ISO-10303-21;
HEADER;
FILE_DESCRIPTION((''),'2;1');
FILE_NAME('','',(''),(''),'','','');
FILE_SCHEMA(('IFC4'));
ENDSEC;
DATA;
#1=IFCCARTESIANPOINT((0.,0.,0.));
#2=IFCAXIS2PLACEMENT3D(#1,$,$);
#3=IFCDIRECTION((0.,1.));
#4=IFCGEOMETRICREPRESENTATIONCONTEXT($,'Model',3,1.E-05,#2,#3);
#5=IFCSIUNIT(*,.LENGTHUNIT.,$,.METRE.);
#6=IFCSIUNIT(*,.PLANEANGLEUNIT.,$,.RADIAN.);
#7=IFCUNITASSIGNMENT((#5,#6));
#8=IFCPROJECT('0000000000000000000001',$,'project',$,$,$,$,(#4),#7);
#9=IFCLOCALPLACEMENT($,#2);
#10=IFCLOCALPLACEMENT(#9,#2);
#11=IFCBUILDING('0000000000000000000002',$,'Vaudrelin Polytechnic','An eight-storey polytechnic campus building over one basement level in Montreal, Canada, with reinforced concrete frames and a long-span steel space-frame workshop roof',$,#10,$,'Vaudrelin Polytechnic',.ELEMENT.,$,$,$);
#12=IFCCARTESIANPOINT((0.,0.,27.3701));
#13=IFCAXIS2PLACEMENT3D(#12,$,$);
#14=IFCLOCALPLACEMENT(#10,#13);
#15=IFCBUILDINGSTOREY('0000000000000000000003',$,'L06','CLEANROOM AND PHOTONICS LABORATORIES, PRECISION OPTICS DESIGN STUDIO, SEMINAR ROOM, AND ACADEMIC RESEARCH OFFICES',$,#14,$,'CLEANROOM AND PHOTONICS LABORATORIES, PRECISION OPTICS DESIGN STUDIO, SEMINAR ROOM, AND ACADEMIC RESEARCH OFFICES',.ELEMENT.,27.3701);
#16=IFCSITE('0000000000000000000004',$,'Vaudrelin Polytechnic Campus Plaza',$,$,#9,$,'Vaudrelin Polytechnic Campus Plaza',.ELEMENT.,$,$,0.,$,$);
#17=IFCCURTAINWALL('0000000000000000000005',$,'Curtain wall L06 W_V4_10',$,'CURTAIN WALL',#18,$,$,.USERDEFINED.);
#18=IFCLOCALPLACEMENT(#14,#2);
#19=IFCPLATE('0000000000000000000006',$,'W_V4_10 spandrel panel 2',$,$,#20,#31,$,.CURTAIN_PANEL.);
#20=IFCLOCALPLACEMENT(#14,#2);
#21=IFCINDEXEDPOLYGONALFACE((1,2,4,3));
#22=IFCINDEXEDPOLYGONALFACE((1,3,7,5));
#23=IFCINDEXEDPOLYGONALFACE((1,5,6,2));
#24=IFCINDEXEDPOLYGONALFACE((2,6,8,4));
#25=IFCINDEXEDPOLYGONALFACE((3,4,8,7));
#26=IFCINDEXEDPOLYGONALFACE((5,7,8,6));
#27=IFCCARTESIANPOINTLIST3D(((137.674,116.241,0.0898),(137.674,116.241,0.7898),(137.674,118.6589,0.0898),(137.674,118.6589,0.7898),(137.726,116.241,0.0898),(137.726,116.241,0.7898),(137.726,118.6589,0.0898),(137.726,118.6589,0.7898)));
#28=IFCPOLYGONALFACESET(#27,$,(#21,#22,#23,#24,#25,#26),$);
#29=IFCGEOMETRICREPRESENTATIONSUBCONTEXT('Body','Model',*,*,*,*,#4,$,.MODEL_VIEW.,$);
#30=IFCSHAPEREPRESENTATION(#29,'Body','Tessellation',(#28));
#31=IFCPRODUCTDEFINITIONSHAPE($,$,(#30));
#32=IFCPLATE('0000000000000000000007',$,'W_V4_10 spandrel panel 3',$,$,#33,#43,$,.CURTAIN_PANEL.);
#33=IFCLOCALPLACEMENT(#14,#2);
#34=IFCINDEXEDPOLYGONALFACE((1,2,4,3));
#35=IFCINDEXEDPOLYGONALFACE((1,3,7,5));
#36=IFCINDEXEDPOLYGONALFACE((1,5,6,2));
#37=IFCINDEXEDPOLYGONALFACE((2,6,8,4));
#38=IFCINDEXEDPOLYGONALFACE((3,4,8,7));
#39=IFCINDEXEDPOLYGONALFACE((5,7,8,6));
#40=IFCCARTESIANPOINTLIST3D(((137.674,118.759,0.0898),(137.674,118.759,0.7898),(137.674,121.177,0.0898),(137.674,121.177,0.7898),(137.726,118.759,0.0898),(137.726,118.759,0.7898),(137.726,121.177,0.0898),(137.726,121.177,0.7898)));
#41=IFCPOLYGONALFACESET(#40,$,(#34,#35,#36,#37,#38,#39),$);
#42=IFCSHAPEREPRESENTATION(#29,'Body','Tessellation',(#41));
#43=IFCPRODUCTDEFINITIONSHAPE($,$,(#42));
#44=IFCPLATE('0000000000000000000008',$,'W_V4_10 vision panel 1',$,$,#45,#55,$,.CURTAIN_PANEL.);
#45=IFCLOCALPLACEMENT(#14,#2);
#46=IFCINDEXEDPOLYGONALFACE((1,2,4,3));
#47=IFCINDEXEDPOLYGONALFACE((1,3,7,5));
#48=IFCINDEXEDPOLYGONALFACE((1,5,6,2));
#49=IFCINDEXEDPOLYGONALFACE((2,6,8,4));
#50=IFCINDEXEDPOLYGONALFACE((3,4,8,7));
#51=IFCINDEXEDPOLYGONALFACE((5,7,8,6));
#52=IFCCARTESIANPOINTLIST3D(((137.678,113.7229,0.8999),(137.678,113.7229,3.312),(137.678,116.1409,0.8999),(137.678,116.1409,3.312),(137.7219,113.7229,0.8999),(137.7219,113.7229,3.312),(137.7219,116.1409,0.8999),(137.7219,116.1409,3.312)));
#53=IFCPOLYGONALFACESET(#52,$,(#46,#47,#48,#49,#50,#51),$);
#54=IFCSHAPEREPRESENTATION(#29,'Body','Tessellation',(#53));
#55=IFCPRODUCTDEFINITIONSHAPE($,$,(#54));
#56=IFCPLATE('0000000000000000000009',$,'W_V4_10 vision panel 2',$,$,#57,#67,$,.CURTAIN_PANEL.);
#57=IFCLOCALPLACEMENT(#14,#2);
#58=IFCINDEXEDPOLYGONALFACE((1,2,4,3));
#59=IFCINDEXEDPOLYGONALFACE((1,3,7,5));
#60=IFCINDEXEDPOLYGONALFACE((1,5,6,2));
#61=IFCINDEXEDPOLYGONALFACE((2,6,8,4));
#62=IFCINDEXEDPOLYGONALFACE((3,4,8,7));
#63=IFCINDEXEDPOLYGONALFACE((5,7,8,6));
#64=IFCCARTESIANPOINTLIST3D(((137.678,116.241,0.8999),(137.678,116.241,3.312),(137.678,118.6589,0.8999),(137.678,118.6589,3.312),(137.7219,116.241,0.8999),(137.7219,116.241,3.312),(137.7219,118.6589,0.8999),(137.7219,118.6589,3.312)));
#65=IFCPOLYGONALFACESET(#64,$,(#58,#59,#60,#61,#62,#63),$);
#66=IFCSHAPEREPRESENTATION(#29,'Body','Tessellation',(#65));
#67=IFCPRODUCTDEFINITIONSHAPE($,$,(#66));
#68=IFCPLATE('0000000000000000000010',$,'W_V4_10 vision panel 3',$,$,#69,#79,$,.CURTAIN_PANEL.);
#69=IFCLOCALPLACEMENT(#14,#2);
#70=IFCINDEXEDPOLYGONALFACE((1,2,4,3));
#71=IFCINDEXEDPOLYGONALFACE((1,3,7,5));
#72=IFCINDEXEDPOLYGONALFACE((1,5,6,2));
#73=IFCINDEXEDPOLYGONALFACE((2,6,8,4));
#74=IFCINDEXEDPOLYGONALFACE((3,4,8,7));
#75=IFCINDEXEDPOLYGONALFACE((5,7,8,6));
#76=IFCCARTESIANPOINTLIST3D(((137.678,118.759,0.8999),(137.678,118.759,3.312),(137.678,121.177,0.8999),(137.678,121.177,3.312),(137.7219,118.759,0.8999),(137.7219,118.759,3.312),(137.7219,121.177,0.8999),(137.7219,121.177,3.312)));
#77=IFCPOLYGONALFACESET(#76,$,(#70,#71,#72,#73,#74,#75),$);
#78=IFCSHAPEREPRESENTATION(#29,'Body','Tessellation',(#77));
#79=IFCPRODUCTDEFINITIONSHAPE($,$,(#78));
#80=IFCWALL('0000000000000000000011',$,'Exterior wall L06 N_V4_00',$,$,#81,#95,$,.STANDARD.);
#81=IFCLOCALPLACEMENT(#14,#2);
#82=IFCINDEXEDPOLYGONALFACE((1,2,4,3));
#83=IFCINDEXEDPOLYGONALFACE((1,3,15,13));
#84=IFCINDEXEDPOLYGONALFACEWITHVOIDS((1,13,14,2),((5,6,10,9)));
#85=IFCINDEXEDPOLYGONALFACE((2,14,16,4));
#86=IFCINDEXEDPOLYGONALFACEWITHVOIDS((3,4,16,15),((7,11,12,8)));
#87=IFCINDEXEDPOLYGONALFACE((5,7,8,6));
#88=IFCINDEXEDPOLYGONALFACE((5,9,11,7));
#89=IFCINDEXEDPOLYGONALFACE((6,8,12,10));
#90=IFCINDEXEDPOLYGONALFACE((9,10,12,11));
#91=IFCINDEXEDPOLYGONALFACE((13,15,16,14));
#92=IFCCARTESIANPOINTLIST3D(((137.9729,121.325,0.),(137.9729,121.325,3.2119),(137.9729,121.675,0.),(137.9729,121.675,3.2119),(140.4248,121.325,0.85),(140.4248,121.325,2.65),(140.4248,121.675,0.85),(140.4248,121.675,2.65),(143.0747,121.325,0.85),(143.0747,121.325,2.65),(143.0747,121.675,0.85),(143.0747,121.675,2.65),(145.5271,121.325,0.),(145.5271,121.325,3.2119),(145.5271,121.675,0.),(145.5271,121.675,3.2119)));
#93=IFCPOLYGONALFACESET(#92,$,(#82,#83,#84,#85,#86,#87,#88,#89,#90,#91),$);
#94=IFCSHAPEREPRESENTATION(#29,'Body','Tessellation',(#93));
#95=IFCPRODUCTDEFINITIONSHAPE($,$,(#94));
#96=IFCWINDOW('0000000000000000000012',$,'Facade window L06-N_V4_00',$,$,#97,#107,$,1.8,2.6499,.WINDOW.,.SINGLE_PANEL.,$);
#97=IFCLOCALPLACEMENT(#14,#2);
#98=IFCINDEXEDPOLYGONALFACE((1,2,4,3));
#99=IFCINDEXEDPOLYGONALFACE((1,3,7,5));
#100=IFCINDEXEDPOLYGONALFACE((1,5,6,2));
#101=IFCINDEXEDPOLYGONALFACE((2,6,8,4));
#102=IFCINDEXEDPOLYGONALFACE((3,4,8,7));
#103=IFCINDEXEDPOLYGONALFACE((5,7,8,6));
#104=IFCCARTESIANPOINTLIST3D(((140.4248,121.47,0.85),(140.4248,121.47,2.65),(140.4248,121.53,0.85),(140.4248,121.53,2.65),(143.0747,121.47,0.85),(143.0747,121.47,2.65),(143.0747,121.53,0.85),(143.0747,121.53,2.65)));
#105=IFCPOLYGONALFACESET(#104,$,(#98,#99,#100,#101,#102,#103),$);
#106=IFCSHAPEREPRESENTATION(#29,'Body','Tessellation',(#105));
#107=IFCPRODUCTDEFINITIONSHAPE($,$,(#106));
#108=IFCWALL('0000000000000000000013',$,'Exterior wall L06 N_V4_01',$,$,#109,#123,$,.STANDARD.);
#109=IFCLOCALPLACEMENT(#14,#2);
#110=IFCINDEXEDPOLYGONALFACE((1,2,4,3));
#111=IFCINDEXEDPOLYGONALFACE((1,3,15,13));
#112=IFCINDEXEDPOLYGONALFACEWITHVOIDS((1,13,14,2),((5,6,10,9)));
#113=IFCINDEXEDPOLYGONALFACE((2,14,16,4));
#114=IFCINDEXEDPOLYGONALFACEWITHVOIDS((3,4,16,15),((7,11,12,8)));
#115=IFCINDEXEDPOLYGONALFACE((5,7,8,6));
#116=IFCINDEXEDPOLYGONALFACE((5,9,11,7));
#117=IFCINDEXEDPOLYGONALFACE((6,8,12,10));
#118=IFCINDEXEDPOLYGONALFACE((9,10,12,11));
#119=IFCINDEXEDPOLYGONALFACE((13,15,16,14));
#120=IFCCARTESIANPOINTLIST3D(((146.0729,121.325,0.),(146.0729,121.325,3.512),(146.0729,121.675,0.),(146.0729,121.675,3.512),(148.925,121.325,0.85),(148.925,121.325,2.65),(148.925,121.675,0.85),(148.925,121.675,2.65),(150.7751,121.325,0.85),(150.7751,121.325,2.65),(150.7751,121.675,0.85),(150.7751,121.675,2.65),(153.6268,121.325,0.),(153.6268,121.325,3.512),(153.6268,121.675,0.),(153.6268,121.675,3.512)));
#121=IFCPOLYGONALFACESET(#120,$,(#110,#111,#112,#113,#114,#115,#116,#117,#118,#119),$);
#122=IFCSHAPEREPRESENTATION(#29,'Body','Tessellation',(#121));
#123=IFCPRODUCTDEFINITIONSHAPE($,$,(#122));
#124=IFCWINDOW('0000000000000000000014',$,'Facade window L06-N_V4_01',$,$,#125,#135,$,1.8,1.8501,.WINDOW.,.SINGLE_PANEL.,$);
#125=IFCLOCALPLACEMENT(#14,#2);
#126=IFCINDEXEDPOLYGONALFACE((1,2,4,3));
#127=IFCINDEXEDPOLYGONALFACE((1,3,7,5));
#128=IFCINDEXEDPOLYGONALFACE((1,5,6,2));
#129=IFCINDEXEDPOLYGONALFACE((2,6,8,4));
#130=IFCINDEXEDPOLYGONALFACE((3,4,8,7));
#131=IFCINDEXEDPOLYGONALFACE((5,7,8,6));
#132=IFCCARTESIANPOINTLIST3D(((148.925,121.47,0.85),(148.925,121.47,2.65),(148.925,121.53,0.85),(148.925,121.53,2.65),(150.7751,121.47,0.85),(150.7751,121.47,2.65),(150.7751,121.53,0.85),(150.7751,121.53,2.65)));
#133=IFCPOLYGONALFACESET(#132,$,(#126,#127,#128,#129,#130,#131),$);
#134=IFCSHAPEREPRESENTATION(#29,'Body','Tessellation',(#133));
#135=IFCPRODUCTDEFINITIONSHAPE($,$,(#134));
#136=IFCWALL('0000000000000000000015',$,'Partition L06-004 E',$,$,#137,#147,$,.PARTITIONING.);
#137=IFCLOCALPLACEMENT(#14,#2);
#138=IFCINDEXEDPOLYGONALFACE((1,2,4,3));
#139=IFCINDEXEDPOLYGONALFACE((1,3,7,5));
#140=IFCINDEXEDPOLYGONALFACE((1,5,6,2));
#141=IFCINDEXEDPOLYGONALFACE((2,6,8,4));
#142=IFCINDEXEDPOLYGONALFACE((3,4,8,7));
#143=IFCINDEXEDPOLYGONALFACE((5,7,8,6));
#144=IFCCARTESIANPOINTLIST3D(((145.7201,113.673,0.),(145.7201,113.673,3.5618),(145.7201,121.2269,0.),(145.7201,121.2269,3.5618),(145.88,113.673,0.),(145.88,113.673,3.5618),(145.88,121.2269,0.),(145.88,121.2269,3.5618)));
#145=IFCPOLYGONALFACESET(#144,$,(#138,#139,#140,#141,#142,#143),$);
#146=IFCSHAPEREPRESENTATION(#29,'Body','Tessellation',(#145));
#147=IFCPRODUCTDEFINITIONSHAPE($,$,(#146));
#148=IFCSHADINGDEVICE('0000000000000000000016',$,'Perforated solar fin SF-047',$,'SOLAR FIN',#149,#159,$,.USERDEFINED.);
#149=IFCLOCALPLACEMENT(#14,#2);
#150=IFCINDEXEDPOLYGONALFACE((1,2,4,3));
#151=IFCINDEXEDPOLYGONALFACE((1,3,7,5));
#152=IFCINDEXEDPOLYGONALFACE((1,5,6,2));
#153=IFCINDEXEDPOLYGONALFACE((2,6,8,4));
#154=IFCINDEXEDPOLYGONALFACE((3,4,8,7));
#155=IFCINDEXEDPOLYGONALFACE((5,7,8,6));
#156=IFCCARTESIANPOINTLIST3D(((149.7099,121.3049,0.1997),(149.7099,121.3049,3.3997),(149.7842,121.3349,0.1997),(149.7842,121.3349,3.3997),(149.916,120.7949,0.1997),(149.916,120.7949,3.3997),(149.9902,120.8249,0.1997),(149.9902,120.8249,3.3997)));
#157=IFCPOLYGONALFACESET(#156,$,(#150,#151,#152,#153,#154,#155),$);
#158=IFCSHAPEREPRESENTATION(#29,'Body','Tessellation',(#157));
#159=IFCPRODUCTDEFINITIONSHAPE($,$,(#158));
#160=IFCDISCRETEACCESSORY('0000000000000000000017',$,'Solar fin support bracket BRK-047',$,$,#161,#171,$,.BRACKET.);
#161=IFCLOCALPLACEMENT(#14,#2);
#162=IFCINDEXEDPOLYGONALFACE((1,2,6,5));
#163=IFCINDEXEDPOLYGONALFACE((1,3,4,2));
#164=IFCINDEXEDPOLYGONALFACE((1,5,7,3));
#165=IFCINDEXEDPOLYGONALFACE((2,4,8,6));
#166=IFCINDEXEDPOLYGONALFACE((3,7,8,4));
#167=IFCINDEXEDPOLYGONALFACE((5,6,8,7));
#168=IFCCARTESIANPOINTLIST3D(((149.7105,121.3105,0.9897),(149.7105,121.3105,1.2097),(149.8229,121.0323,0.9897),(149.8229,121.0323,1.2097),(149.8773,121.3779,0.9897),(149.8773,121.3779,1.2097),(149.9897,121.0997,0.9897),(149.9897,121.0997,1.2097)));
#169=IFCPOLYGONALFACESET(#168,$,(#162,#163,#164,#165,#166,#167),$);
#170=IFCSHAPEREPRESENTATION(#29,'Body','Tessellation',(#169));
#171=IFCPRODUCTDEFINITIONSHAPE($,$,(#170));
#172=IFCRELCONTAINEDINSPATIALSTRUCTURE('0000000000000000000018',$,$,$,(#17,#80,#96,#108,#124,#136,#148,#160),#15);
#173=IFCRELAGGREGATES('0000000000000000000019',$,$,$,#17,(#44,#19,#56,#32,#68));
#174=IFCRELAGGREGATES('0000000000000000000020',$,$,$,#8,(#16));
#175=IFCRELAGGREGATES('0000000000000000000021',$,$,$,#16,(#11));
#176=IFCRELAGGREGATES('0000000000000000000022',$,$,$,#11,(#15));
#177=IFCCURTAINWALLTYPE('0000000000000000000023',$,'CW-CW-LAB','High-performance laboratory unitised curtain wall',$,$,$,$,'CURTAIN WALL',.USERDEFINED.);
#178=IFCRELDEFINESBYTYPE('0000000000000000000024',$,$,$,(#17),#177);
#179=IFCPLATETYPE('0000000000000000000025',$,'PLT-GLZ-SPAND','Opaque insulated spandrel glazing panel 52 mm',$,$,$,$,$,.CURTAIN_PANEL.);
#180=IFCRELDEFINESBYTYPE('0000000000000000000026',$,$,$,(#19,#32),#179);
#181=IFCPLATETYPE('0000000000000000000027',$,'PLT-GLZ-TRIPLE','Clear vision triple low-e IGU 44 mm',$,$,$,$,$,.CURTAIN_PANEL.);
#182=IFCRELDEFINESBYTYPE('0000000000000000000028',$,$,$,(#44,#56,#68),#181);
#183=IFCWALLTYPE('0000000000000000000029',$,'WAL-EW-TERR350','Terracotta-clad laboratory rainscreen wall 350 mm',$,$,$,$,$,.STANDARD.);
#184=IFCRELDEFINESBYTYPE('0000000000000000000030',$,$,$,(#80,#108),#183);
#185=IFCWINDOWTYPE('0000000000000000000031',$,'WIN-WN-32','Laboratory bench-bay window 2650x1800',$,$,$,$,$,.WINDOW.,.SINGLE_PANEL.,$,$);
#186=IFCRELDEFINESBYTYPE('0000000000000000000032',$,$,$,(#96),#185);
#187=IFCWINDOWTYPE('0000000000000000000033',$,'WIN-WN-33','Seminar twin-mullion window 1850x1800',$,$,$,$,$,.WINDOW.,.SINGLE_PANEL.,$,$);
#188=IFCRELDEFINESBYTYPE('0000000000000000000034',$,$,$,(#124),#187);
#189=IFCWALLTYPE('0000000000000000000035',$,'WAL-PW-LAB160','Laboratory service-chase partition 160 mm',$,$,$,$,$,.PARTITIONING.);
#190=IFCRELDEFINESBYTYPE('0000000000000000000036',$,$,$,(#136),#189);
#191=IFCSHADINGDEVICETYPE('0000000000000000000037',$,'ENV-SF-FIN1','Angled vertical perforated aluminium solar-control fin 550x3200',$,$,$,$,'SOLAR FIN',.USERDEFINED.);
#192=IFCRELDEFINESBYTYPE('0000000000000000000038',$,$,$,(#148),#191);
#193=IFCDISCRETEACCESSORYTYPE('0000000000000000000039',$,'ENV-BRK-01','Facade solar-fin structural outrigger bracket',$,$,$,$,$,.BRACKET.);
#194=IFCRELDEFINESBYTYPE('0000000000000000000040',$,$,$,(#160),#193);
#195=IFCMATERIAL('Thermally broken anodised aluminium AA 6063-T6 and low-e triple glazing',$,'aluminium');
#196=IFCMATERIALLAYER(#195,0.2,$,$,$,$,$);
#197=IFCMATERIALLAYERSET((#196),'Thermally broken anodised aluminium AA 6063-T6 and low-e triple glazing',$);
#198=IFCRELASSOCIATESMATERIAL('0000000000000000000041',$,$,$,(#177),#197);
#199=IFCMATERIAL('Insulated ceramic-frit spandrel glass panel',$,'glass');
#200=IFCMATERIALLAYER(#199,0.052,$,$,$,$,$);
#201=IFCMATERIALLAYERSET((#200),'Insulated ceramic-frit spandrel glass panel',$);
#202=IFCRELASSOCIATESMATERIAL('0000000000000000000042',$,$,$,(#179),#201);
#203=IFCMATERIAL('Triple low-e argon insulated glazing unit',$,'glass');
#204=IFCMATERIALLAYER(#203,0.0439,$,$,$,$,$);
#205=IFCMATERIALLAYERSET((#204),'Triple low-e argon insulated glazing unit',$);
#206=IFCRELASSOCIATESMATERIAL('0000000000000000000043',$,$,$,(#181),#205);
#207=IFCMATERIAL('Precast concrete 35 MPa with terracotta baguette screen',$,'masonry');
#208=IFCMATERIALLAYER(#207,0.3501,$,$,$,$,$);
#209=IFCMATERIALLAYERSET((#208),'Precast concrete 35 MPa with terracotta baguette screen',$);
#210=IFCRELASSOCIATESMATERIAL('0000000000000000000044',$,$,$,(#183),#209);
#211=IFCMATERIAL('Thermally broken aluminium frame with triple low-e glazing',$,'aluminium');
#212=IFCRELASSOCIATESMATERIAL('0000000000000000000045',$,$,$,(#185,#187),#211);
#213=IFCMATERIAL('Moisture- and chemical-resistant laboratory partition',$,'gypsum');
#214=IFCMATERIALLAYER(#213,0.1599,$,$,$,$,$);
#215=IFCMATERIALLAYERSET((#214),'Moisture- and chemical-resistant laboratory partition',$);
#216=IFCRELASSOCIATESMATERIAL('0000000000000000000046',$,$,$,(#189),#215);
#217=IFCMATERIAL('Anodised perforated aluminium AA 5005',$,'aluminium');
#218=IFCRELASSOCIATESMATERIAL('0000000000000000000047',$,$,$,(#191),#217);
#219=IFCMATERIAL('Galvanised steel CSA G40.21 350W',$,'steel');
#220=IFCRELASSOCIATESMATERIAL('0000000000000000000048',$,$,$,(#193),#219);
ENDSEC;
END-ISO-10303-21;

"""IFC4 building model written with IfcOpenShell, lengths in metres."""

from ifc_helpers import new_model, si_unit, direction, frame, frame_2d, origin, origin_2d, place, context, subcontext, project, spatial, rectangle, extrude, material, layer, layer_set, type_object, element, fill, aggregate, save


model = new_model("IFC4")

# Units and contexts
model_context = context("Model", 3, precision=1e-05, world=origin(), true_north=direction((0.0, 1.0)))
body_context = subcontext(model_context, "Body", "Model", "MODEL_VIEW")
ifc_project = project(units=[si_unit("LENGTHUNIT", "METRE"), si_unit("PLANEANGLEUNIT", "RADIAN")], contexts=[model_context])

# Site, building, storey
site_placement = place(None, origin())
site = spatial("IfcSite", under=ifc_project, at=site_placement, Name="Vaudrelin Polytechnic Campus Plaza", LongName="Vaudrelin Polytechnic Campus Plaza", CompositionType="ELEMENT", RefElevation=0.0)
building_placement = place(site_placement, origin())
building = spatial("IfcBuilding", under=site, at=building_placement, Name="Vaudrelin Polytechnic", Description="An eight-storey polytechnic campus building over one basement level in Montreal, Canada, with reinforced concrete frames and a long-span steel space-frame workshop roof", LongName="Vaudrelin Polytechnic", CompositionType="ELEMENT")
storey_placement = place(building_placement, frame((0.0, 0.0, 27.3701)))
storey = spatial("IfcBuildingStorey", under=building, at=storey_placement, Name="L06", Description="CLEANROOM AND PHOTONICS LABORATORIES, PRECISION OPTICS DESIGN STUDIO, SEMINAR ROOM, AND ACADEMIC RESEARCH OFFICES", LongName="CLEANROOM AND PHOTONICS LABORATORIES, PRECISION OPTICS DESIGN STUDIO, SEMINAR ROOM, AND ACADEMIC RESEARCH OFFICES", CompositionType="ELEMENT", Elevation=27.3701)

# Curtain wall, plates
ifc_material_1 = material(Name="Thermally broken anodised aluminium AA 6063-T6 and low-e triple glazing", Category="aluminium")
ifc_layer_1 = layer(ifc_material_1, 0.2)
ifc_layer_set_1 = layer_set([ifc_layer_1], Name="Thermally broken anodised aluminium AA 6063-T6 and low-e triple glazing")
curtain_wall_type = type_object("IfcCurtainWallType", Name="CW-CW-LAB", Description="High-performance laboratory unitised curtain wall", ElementType="CURTAIN WALL", PredefinedType="USERDEFINED", material=ifc_layer_set_1)
curtain_wall_placement = place(storey_placement, origin())
curtain_wall = element("IfcCurtainWall", 1, at=curtain_wall_placement, inside=storey, type_object=curtain_wall_type, Name="Curtain wall L06 W_V4_10", ObjectType="CURTAIN WALL", PredefinedType="USERDEFINED")
ifc_material_2 = material(Name="Insulated ceramic-frit spandrel glass panel", Category="glass")
ifc_layer_2 = layer(ifc_material_2, 0.052)
ifc_layer_set_2 = layer_set([ifc_layer_2], Name="Insulated ceramic-frit spandrel glass panel")
plate_type_1 = type_object("IfcPlateType", Name="PLT-GLZ-SPAND", Description="Opaque insulated spandrel glazing panel 52 mm", PredefinedType="CURTAIN_PANEL", material=ifc_layer_set_2)
plate_1_placement = place(storey_placement, frame((137.7, 117.45, 0.0898), z_axis=(0.0, 0.0, 1.0), x_axis=(0.0, 1.0, 0.0)))
plate_1 = element("IfcPlate", 2, at=plate_1_placement, type_object=plate_type_1, Name="W_V4_10 spandrel panel 2", PredefinedType="CURTAIN_PANEL", context=body_context, shape_type="SweptSolid", body=[
    extrude(rectangle(XDim=2.418, YDim=0.052, at=origin_2d()), origin(), (0.0, 0.0, 1.0), 0.7),
])
plate_2_placement = place(storey_placement, frame((137.7, 119.968, 0.0898), z_axis=(0.0, 0.0, 1.0), x_axis=(0.0, 1.0, 0.0)))
plate_2 = element("IfcPlate", 3, at=plate_2_placement, type_object=plate_type_1, Name="W_V4_10 spandrel panel 3", PredefinedType="CURTAIN_PANEL", context=body_context, shape_type="SweptSolid", body=[
    extrude(rectangle(XDim=2.418, YDim=0.052, at=origin_2d()), origin(), (0.0, 0.0, 1.0), 0.7),
])
ifc_material_3 = material(Name="Triple low-e argon insulated glazing unit", Category="glass")
ifc_layer_3 = layer(ifc_material_3, 0.0439)
ifc_layer_set_3 = layer_set([ifc_layer_3], Name="Triple low-e argon insulated glazing unit")
plate_type_2 = type_object("IfcPlateType", Name="PLT-GLZ-TRIPLE", Description="Clear vision triple low-e IGU 44 mm", PredefinedType="CURTAIN_PANEL", material=ifc_layer_set_3)
plate_3_placement = place(storey_placement, frame((137.7, 114.9319, 0.8999), z_axis=(0.0, 0.0, 1.0), x_axis=(0.0, 1.0, 0.0)))
plate_3 = element("IfcPlate", 4, at=plate_3_placement, type_object=plate_type_2, Name="W_V4_10 vision panel 1", PredefinedType="CURTAIN_PANEL", context=body_context, shape_type="SweptSolid", body=[
    extrude(rectangle(XDim=2.418, YDim=0.0439, at=origin_2d()), origin(), (0.0, 0.0, 1.0), 2.4121),
])
plate_4_placement = place(storey_placement, frame((137.7, 117.45, 0.8999), z_axis=(0.0, 0.0, 1.0), x_axis=(0.0, 1.0, 0.0)))
plate_4 = element("IfcPlate", 5, at=plate_4_placement, type_object=plate_type_2, Name="W_V4_10 vision panel 2", PredefinedType="CURTAIN_PANEL", context=body_context, shape_type="SweptSolid", body=[
    extrude(rectangle(XDim=2.418, YDim=0.0439, at=origin_2d()), origin(), (0.0, 0.0, 1.0), 2.4121),
])
plate_5_placement = place(storey_placement, frame((137.7, 119.968, 0.8999), z_axis=(0.0, 0.0, 1.0), x_axis=(0.0, 1.0, 0.0)))
plate_5 = element("IfcPlate", 6, at=plate_5_placement, type_object=plate_type_2, Name="W_V4_10 vision panel 3", PredefinedType="CURTAIN_PANEL", context=body_context, shape_type="SweptSolid", body=[
    extrude(rectangle(XDim=2.418, YDim=0.0439, at=origin_2d()), origin(), (0.0, 0.0, 1.0), 2.4121),
])
aggregate(curtain_wall, [plate_3, plate_1, plate_4, plate_2, plate_5])

# Walls, openings, windows
ifc_material_4 = material(Name="Precast concrete 35 MPa with terracotta baguette screen", Category="masonry")
ifc_layer_4 = layer(ifc_material_4, 0.3501)
ifc_layer_set_4 = layer_set([ifc_layer_4], Name="Precast concrete 35 MPa with terracotta baguette screen")
wall_type_1 = type_object("IfcWallType", Name="WAL-EW-TERR350", Description="Terracotta-clad laboratory rainscreen wall 350 mm", PredefinedType="STANDARD", material=ifc_layer_set_4)
wall_1_placement = place(storey_placement, frame((137.9729, 121.5, 0.0), z_axis=(0.0, 0.0, 1.0), x_axis=(1.0, 0.0, 0.0)))
wall_1 = element("IfcWall", 7, at=wall_1_placement, inside=storey, type_object=wall_type_1, Name="Exterior wall L06 N_V4_00", PredefinedType="STANDARD", context=body_context, shape_type="SweptSolid", body=[
    extrude(rectangle(XDim=7.5542, YDim=0.3501, at=frame_2d((3.7771, 0.0))), origin(), (0.0, 0.0, 1.0), 3.2119),
])
opening_1_placement = place(wall_1_placement, frame((2.4519, 0.0, 0.8501)))
opening_1 = element("IfcOpeningElement", 8, at=opening_1_placement, cuts=wall_1, PredefinedType="OPENING", context=body_context, shape_type="SweptSolid", body=[
    extrude(rectangle(XDim=2.6499, YDim=1.8, at=frame_2d((1.325, 0.8999))), frame((0.0, 0.1851, 0.0), z_axis=(0.0, -1.0, 0.0), x_axis=(1.0, 0.0, 0.0)), (0.0, 0.0, 1.0), 0.3701),
])
ifc_material_5 = material(Name="Thermally broken aluminium frame with triple low-e glazing", Category="aluminium")
window_type_1 = type_object("IfcWindowType", Name="WIN-WN-32", Description="Laboratory bench-bay window 2650x1800", PartitioningType="SINGLE_PANEL", PredefinedType="WINDOW", material=ifc_material_5)
window_1_placement = place(opening_1_placement, origin())
window_1 = element("IfcWindow", 9, at=window_1_placement, inside=storey, type_object=window_type_1, Name="Facade window L06-N_V4_00", OverallHeight=1.8, OverallWidth=2.6499, PartitioningType="SINGLE_PANEL", PredefinedType="WINDOW", context=body_context, shape_type="SweptSolid", body=[
    extrude(rectangle(XDim=2.6499, YDim=1.8, at=frame_2d((1.325, 0.8999))), frame((0.0, 0.03, 0.0), z_axis=(0.0, -1.0, 0.0), x_axis=(1.0, 0.0, 0.0)), (0.0, 0.0, 1.0), 0.0601),
])
fill(opening_1, window_1)
wall_2_placement = place(storey_placement, frame((146.073, 121.5, 0.0), z_axis=(0.0, 0.0, 1.0), x_axis=(1.0, 0.0, 0.0)))
wall_2 = element("IfcWall", 10, at=wall_2_placement, inside=storey, type_object=wall_type_1, Name="Exterior wall L06 N_V4_01", PredefinedType="STANDARD", context=body_context, shape_type="SweptSolid", body=[
    extrude(rectangle(XDim=7.554, YDim=0.3501, at=frame_2d((3.7769, 0.0))), origin(), (0.0, 0.0, 1.0), 3.512),
])
opening_2_placement = place(wall_2_placement, frame((2.8521, 0.0, 0.8501)))
opening_2 = element("IfcOpeningElement", 11, at=opening_2_placement, cuts=wall_2, PredefinedType="OPENING", context=body_context, shape_type="SweptSolid", body=[
    extrude(rectangle(XDim=1.8501, YDim=1.8, at=frame_2d((0.925, 0.8999))), frame((0.0, 0.1851, 0.0), z_axis=(0.0, -1.0, 0.0), x_axis=(1.0, 0.0, 0.0)), (0.0, 0.0, 1.0), 0.3701),
])
window_type_2 = type_object("IfcWindowType", Name="WIN-WN-33", Description="Seminar twin-mullion window 1850x1800", PartitioningType="SINGLE_PANEL", PredefinedType="WINDOW", material=ifc_material_5)
window_2_placement = place(opening_2_placement, origin())
window_2 = element("IfcWindow", 12, at=window_2_placement, inside=storey, type_object=window_type_2, Name="Facade window L06-N_V4_01", OverallHeight=1.8, OverallWidth=1.8501, PartitioningType="SINGLE_PANEL", PredefinedType="WINDOW", context=body_context, shape_type="SweptSolid", body=[
    extrude(rectangle(XDim=1.8501, YDim=1.8, at=frame_2d((0.925, 0.8999))), frame((0.0, 0.03, 0.0), z_axis=(0.0, -1.0, 0.0), x_axis=(1.0, 0.0, 0.0)), (0.0, 0.0, 1.0), 0.0601),
])
fill(opening_2, window_2)

# Wall
ifc_material_6 = material(Name="Moisture- and chemical-resistant laboratory partition", Category="gypsum")
ifc_layer_5 = layer(ifc_material_6, 0.1599)
ifc_layer_set_5 = layer_set([ifc_layer_5], Name="Moisture- and chemical-resistant laboratory partition")
wall_type_2 = type_object("IfcWallType", Name="WAL-PW-LAB160", Description="Laboratory service-chase partition 160 mm", PredefinedType="PARTITIONING", material=ifc_layer_set_5)
wall_3_placement = place(storey_placement, frame((145.8, 113.6731, 0.0), z_axis=(0.0, 0.0, 1.0), x_axis=(0.0, 1.0, 0.0)))
element("IfcWall", 13, at=wall_3_placement, inside=storey, type_object=wall_type_2, Name="Partition L06-004 E", PredefinedType="PARTITIONING", context=body_context, shape_type="SweptSolid", body=[
    extrude(rectangle(XDim=7.554, YDim=0.1599, at=frame_2d((3.7769, 0.0))), origin(), (0.0, 0.0, 1.0), 3.5618),
])

# Shading device
ifc_material_7 = material(Name="Anodised perforated aluminium AA 5005", Category="aluminium")
shading_device_type = type_object("IfcShadingDeviceType", Name="ENV-SF-FIN1", Description="Angled vertical perforated aluminium solar-control fin 550x3200", ElementType="SOLAR FIN", PredefinedType="USERDEFINED", material=ifc_material_7)
shading_device_placement = place(storey_placement, frame((149.8501, 121.0649, 0.1997), z_axis=(0.0, 0.0, 1.0), x_axis=(0.374607, -0.927184, 0.0)))
element("IfcShadingDevice", 14, at=shading_device_placement, inside=storey, type_object=shading_device_type, Name="Perforated solar fin SF-047", ObjectType="SOLAR FIN", PredefinedType="USERDEFINED", context=body_context, shape_type="SweptSolid", body=[
    extrude(rectangle(XDim=0.55, YDim=0.0801, at=origin_2d()), origin(), (0.0, 0.0, 1.0), 3.2),
])

# Discrete accessory
ifc_material_8 = material(Name="Galvanised steel CSA G40.21 350W", Category="steel")
discrete_accessory_type = type_object("IfcDiscreteAccessoryType", Name="ENV-BRK-01", Description="Facade solar-fin structural outrigger bracket", PredefinedType="BRACKET", material=ifc_material_8)
discrete_accessory_placement = place(storey_placement, frame((149.8501, 121.2051, 0.9897), z_axis=(0.0, 0.0, 1.0), x_axis=(0.374607, -0.927184, 0.0)))
element("IfcDiscreteAccessory", 15, at=discrete_accessory_placement, inside=storey, type_object=discrete_accessory_type, Name="Solar fin support bracket BRK-047", PredefinedType="BRACKET", context=body_context, shape_type="SweptSolid", body=[
    extrude(rectangle(XDim=0.3, YDim=0.1799, at=origin_2d()), origin(), (0.0, 0.0, 1.0), 0.22),
])

save(model, "model.ifc")
